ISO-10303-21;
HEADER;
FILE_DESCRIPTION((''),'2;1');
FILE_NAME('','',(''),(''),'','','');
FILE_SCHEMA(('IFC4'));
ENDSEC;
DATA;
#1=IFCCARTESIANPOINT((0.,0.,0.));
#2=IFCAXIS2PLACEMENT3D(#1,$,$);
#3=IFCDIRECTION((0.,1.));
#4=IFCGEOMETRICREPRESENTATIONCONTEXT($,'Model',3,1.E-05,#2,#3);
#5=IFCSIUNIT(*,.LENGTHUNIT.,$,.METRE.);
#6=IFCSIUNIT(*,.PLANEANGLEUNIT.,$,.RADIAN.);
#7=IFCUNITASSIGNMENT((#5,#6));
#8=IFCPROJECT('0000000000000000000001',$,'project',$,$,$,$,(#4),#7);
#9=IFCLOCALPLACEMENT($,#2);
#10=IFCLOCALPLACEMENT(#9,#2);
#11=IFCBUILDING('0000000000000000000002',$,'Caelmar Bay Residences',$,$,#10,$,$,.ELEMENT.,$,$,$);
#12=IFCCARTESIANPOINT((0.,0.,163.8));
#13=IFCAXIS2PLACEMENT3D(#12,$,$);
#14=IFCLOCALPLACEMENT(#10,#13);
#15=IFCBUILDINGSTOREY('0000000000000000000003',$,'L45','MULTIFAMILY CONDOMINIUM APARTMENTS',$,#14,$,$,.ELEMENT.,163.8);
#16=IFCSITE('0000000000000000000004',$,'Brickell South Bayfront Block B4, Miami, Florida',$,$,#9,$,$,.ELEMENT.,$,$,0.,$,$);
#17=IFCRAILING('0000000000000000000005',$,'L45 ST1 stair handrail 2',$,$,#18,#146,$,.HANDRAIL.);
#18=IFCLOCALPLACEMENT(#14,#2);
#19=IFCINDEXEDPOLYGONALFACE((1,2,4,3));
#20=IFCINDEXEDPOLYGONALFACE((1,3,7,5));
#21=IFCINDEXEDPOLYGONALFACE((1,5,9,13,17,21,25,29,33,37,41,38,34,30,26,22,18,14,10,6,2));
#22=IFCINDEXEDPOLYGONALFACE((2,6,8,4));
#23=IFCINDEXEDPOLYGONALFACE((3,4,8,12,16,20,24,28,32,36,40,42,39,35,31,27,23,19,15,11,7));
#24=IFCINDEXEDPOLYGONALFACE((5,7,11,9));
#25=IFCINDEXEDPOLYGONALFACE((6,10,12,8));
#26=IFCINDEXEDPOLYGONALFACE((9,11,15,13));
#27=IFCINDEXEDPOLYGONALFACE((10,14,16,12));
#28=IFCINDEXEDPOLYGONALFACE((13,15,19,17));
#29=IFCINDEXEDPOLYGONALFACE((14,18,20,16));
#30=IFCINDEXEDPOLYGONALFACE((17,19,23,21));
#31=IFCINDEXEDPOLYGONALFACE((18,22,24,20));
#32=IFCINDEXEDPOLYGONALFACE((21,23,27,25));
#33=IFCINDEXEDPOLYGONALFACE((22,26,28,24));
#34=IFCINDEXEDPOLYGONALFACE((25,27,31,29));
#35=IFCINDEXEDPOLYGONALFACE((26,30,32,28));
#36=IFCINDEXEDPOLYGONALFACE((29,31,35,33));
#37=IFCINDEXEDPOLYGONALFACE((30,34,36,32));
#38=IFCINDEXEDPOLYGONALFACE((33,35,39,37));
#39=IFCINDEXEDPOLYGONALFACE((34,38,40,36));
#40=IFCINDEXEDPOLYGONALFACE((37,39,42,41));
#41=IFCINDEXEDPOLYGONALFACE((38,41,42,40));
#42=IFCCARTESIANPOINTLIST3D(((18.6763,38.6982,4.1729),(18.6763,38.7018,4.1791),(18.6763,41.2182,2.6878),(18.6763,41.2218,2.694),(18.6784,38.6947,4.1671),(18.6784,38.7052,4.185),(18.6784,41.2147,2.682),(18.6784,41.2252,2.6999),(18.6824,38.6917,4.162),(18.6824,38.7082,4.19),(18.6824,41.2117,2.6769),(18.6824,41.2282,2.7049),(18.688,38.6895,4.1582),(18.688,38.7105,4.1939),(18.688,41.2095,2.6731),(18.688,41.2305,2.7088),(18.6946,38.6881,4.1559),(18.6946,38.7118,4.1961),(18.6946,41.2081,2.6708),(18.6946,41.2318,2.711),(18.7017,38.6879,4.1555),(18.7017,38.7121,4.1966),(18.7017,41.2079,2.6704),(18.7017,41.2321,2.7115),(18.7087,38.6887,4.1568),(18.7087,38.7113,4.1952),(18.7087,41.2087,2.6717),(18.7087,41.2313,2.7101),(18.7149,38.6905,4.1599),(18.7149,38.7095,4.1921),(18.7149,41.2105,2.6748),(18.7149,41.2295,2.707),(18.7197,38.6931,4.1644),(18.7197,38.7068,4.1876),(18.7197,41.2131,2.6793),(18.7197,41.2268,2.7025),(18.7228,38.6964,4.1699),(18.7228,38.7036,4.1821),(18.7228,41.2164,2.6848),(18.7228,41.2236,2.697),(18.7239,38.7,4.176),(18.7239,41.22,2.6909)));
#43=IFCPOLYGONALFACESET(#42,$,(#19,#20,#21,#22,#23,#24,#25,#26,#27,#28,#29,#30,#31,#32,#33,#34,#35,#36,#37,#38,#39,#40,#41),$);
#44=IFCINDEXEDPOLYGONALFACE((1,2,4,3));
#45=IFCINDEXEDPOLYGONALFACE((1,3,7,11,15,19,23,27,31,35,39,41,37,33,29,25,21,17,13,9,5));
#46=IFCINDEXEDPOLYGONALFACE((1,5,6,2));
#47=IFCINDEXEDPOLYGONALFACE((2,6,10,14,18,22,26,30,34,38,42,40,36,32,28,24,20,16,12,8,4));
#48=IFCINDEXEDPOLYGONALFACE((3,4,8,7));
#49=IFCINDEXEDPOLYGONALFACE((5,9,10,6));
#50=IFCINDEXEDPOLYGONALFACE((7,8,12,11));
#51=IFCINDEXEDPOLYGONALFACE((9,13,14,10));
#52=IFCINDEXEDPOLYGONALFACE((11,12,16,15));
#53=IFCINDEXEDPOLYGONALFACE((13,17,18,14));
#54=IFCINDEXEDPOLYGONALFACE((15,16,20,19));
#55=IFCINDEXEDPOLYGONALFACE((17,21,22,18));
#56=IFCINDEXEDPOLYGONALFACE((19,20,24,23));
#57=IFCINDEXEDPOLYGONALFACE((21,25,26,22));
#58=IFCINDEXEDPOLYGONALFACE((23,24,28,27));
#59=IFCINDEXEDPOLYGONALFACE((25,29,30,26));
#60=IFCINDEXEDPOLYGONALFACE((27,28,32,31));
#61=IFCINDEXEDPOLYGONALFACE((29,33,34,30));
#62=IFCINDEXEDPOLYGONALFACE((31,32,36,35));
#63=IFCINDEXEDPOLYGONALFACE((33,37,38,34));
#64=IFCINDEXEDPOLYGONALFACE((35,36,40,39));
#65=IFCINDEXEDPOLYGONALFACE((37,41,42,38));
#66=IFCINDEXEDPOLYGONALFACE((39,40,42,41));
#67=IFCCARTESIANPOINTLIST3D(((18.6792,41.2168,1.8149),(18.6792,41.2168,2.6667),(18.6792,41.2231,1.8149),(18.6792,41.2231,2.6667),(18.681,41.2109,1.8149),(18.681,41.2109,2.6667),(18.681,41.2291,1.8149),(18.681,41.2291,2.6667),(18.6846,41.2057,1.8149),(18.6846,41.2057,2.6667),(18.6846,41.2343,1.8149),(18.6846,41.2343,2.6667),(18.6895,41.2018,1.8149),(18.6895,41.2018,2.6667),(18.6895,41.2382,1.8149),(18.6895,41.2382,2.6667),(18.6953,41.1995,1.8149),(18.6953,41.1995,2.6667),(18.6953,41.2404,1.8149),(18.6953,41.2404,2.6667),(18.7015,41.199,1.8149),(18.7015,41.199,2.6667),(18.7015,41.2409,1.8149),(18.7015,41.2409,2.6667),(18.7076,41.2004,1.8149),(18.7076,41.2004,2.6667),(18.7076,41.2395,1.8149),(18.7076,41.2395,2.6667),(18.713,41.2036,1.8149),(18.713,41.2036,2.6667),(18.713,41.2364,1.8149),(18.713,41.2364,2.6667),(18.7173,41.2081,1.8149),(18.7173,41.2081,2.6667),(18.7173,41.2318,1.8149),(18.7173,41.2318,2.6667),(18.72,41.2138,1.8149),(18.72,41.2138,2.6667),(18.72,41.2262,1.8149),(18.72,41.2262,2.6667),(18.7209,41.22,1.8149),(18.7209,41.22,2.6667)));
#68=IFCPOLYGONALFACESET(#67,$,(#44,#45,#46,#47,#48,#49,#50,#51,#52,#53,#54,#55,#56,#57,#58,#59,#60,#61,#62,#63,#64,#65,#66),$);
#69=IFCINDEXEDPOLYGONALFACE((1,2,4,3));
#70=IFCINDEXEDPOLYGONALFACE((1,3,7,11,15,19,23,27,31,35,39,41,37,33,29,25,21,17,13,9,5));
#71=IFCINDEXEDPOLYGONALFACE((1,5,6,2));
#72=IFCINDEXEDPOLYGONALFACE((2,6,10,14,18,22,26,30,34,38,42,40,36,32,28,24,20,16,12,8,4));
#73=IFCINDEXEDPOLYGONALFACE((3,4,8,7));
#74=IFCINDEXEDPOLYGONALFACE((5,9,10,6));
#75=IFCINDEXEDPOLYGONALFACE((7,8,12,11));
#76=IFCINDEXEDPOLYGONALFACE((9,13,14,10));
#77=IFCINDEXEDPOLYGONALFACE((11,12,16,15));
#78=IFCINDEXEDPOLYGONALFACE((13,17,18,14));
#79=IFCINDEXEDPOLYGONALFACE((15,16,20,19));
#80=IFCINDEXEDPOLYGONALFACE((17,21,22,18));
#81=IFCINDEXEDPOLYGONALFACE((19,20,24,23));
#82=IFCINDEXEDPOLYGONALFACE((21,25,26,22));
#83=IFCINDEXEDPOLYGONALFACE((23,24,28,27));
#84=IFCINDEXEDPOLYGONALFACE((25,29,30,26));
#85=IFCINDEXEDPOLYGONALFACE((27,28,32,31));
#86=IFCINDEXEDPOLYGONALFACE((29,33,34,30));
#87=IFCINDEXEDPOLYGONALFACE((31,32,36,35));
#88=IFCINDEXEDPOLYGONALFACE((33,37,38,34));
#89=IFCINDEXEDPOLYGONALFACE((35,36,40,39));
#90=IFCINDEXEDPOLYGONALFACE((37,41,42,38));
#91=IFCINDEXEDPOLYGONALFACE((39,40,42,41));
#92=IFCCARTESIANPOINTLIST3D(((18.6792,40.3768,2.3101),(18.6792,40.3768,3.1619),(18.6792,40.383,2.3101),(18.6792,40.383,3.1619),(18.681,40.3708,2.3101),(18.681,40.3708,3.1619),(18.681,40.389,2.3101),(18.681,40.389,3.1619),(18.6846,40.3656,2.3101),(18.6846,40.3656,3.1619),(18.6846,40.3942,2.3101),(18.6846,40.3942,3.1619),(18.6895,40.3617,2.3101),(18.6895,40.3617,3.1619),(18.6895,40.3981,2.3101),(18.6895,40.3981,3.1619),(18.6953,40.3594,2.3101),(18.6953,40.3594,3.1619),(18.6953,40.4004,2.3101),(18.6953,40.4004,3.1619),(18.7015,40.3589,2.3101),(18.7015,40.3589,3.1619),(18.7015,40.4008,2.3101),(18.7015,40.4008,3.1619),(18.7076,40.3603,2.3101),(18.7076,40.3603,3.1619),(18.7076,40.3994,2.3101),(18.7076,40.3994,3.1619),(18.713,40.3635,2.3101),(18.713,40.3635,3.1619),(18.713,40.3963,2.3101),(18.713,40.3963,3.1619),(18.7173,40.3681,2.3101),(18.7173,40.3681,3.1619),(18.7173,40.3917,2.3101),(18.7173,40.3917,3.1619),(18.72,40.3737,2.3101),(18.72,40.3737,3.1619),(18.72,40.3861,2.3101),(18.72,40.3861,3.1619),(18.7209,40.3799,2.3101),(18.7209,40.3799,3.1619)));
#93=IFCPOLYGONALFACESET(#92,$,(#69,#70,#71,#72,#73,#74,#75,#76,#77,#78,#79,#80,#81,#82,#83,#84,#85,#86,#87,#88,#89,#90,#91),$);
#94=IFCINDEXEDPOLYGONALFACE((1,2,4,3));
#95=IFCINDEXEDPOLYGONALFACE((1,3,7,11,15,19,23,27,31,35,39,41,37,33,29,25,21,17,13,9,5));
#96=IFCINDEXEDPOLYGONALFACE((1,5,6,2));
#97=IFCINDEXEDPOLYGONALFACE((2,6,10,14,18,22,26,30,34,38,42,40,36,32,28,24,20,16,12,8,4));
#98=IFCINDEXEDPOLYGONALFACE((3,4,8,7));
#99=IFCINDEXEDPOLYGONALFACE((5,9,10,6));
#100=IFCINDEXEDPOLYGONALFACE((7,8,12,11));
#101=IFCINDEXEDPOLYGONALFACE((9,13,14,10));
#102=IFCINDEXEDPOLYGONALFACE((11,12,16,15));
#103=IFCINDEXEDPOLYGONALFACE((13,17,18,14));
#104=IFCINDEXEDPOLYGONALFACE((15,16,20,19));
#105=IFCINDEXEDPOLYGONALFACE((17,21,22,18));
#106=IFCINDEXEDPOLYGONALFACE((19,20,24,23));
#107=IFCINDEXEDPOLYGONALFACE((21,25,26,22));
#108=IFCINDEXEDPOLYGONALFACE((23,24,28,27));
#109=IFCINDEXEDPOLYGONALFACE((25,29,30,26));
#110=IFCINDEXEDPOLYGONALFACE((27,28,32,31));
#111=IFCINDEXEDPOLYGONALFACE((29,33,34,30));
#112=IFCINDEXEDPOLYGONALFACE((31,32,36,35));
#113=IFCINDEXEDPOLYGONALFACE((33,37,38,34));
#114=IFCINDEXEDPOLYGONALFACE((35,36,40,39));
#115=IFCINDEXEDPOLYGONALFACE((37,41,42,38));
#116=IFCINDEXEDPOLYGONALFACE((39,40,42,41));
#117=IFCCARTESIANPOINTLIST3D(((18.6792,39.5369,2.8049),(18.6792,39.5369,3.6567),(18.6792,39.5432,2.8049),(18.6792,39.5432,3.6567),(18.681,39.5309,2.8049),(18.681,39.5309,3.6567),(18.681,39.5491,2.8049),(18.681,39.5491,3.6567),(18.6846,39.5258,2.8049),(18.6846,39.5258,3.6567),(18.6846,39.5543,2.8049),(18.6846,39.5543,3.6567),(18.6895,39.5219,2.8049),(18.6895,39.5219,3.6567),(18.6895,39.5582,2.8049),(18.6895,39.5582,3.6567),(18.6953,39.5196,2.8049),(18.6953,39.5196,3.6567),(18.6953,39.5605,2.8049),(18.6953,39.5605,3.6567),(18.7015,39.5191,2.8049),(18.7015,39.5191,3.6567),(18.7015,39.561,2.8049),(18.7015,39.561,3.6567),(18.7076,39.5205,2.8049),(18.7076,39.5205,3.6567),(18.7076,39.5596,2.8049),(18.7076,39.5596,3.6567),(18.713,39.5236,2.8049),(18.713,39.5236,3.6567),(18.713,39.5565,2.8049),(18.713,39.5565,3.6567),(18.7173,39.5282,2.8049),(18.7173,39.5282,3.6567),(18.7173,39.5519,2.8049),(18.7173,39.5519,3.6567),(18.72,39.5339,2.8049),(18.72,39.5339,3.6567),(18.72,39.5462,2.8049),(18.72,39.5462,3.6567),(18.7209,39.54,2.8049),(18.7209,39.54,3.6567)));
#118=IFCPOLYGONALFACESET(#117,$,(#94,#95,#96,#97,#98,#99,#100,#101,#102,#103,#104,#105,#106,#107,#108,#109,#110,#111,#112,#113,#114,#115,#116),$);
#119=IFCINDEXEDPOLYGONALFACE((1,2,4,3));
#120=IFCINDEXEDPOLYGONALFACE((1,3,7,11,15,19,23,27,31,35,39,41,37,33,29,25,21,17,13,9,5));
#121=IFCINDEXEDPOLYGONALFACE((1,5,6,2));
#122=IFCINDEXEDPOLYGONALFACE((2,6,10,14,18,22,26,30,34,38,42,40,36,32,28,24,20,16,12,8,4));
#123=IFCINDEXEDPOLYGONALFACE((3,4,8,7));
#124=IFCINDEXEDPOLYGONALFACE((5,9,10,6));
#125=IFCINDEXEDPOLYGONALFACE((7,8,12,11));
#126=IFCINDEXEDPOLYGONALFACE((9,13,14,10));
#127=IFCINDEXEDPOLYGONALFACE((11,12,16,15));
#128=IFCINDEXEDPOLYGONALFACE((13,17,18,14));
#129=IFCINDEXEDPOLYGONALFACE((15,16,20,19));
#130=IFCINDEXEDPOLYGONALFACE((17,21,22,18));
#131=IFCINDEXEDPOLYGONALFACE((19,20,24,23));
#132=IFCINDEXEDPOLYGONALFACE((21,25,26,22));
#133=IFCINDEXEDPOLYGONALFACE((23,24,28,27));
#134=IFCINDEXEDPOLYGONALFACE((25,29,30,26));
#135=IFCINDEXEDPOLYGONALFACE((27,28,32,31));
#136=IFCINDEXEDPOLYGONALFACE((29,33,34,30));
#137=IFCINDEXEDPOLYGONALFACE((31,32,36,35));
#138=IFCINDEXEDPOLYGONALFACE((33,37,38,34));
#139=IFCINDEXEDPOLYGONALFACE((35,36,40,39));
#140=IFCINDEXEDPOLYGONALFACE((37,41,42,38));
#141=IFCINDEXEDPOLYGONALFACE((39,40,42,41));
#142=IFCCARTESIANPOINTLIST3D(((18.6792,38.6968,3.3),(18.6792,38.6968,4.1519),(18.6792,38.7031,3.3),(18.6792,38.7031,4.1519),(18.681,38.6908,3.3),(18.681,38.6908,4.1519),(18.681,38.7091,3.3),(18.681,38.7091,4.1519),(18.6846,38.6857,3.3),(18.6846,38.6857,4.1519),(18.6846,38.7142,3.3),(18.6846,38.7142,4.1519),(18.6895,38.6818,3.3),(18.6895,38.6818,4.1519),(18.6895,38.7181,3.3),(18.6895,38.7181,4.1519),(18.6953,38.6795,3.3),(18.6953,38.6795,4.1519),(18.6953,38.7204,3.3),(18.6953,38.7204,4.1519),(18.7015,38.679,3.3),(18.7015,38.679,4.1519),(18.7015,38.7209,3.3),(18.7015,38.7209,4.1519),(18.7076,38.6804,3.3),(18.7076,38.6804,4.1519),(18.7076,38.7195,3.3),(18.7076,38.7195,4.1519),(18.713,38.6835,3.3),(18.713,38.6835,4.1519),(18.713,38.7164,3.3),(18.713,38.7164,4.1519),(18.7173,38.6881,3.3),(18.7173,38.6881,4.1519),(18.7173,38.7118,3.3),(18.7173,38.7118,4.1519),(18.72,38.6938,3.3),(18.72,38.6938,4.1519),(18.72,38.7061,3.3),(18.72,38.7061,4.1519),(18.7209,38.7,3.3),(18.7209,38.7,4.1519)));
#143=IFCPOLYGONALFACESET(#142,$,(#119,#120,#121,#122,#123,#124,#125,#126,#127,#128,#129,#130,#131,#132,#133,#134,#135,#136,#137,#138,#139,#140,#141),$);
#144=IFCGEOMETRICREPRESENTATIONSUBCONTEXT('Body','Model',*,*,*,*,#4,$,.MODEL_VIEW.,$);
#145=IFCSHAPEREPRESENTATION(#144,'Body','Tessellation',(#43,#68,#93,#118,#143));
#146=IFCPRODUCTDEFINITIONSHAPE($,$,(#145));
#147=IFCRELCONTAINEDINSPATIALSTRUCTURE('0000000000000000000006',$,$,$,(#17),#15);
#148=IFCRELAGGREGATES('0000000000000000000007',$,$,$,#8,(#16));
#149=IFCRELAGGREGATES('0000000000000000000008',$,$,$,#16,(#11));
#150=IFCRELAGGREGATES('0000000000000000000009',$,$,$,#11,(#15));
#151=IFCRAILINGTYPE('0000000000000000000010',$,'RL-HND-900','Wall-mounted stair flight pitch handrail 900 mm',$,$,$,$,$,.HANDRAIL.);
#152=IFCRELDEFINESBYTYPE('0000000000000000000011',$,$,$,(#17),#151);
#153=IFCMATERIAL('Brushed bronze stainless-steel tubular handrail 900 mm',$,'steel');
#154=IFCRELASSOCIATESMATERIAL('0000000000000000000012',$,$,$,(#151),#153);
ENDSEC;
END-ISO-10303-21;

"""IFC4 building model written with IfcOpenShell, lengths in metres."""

from ifc_helpers import new_model, si_unit, direction, frame, origin, origin_2d, place, context, subcontext, project, spatial, circle, extrude, material, type_object, element, save


model = new_model("IFC4")

# Units and contexts
model_context = context("Model", 3, precision=1e-05, world=origin(), true_north=direction((0.0, 1.0)))
body_context = subcontext(model_context, "Body", "Model", "MODEL_VIEW")
ifc_project = project(units=[si_unit("LENGTHUNIT", "METRE"), si_unit("PLANEANGLEUNIT", "RADIAN")], contexts=[model_context])

# Site, building, storey
site_placement = place(None, origin())
site = spatial("IfcSite", under=ifc_project, at=site_placement, Name="Brickell South Bayfront Block B4, Miami, Florida", CompositionType="ELEMENT", RefElevation=0.0)
building_placement = place(site_placement, origin())
building = spatial("IfcBuilding", under=site, at=building_placement, Name="Caelmar Bay Residences", CompositionType="ELEMENT")
storey_placement = place(building_placement, frame((0.0, 0.0, 163.8)))
storey = spatial("IfcBuildingStorey", under=building, at=storey_placement, Name="L45", Description="MULTIFAMILY CONDOMINIUM APARTMENTS", CompositionType="ELEMENT", Elevation=163.8)

# Railing
ifc_material_1 = material(Name="Brushed bronze stainless-steel tubular handrail 900 mm", Category="steel")
railing_type_1 = type_object("IfcRailingType", Name="RL-HND-900", Description="Wall-mounted stair flight pitch handrail 900 mm", PredefinedType="HANDRAIL", material=ifc_material_1)
railing_1_placement = place(storey_placement, frame((18.7, 41.22, 1.8149)))
element("IfcRailing", 1, at=railing_1_placement, inside=storey, type_object=railing_type_1, Name="L45 ST1 stair handrail 2", PredefinedType="HANDRAIL", context=body_context, shape_type="SweptSolid", body=[
    extrude(circle(Radius=0.0239, at=origin_2d()), frame((0.0, 0.0, 0.876), z_axis=(0.0, -0.861524, 0.507717), x_axis=(1.0, 0.0, 0.0)), (0.0, 0.0, 1.0), 2.925),
    extrude(circle(Radius=0.021, at=origin_2d()), origin(), (0.0, 0.0, 1.0), 0.8518),
    extrude(circle(Radius=0.021, at=origin_2d()), frame((0.0, -0.8401, 0.4951)), (0.0, 0.0, 1.0), 0.8518),
    extrude(circle(Radius=0.021, at=origin_2d()), frame((0.0, -1.6799, 0.99)), (0.0, 0.0, 1.0), 0.8518),
    extrude(circle(Radius=0.021, at=origin_2d()), frame((0.0, -2.52, 1.4851)), (0.0, 0.0, 1.0), 0.8518),
])

save(model, "model.ifc")
